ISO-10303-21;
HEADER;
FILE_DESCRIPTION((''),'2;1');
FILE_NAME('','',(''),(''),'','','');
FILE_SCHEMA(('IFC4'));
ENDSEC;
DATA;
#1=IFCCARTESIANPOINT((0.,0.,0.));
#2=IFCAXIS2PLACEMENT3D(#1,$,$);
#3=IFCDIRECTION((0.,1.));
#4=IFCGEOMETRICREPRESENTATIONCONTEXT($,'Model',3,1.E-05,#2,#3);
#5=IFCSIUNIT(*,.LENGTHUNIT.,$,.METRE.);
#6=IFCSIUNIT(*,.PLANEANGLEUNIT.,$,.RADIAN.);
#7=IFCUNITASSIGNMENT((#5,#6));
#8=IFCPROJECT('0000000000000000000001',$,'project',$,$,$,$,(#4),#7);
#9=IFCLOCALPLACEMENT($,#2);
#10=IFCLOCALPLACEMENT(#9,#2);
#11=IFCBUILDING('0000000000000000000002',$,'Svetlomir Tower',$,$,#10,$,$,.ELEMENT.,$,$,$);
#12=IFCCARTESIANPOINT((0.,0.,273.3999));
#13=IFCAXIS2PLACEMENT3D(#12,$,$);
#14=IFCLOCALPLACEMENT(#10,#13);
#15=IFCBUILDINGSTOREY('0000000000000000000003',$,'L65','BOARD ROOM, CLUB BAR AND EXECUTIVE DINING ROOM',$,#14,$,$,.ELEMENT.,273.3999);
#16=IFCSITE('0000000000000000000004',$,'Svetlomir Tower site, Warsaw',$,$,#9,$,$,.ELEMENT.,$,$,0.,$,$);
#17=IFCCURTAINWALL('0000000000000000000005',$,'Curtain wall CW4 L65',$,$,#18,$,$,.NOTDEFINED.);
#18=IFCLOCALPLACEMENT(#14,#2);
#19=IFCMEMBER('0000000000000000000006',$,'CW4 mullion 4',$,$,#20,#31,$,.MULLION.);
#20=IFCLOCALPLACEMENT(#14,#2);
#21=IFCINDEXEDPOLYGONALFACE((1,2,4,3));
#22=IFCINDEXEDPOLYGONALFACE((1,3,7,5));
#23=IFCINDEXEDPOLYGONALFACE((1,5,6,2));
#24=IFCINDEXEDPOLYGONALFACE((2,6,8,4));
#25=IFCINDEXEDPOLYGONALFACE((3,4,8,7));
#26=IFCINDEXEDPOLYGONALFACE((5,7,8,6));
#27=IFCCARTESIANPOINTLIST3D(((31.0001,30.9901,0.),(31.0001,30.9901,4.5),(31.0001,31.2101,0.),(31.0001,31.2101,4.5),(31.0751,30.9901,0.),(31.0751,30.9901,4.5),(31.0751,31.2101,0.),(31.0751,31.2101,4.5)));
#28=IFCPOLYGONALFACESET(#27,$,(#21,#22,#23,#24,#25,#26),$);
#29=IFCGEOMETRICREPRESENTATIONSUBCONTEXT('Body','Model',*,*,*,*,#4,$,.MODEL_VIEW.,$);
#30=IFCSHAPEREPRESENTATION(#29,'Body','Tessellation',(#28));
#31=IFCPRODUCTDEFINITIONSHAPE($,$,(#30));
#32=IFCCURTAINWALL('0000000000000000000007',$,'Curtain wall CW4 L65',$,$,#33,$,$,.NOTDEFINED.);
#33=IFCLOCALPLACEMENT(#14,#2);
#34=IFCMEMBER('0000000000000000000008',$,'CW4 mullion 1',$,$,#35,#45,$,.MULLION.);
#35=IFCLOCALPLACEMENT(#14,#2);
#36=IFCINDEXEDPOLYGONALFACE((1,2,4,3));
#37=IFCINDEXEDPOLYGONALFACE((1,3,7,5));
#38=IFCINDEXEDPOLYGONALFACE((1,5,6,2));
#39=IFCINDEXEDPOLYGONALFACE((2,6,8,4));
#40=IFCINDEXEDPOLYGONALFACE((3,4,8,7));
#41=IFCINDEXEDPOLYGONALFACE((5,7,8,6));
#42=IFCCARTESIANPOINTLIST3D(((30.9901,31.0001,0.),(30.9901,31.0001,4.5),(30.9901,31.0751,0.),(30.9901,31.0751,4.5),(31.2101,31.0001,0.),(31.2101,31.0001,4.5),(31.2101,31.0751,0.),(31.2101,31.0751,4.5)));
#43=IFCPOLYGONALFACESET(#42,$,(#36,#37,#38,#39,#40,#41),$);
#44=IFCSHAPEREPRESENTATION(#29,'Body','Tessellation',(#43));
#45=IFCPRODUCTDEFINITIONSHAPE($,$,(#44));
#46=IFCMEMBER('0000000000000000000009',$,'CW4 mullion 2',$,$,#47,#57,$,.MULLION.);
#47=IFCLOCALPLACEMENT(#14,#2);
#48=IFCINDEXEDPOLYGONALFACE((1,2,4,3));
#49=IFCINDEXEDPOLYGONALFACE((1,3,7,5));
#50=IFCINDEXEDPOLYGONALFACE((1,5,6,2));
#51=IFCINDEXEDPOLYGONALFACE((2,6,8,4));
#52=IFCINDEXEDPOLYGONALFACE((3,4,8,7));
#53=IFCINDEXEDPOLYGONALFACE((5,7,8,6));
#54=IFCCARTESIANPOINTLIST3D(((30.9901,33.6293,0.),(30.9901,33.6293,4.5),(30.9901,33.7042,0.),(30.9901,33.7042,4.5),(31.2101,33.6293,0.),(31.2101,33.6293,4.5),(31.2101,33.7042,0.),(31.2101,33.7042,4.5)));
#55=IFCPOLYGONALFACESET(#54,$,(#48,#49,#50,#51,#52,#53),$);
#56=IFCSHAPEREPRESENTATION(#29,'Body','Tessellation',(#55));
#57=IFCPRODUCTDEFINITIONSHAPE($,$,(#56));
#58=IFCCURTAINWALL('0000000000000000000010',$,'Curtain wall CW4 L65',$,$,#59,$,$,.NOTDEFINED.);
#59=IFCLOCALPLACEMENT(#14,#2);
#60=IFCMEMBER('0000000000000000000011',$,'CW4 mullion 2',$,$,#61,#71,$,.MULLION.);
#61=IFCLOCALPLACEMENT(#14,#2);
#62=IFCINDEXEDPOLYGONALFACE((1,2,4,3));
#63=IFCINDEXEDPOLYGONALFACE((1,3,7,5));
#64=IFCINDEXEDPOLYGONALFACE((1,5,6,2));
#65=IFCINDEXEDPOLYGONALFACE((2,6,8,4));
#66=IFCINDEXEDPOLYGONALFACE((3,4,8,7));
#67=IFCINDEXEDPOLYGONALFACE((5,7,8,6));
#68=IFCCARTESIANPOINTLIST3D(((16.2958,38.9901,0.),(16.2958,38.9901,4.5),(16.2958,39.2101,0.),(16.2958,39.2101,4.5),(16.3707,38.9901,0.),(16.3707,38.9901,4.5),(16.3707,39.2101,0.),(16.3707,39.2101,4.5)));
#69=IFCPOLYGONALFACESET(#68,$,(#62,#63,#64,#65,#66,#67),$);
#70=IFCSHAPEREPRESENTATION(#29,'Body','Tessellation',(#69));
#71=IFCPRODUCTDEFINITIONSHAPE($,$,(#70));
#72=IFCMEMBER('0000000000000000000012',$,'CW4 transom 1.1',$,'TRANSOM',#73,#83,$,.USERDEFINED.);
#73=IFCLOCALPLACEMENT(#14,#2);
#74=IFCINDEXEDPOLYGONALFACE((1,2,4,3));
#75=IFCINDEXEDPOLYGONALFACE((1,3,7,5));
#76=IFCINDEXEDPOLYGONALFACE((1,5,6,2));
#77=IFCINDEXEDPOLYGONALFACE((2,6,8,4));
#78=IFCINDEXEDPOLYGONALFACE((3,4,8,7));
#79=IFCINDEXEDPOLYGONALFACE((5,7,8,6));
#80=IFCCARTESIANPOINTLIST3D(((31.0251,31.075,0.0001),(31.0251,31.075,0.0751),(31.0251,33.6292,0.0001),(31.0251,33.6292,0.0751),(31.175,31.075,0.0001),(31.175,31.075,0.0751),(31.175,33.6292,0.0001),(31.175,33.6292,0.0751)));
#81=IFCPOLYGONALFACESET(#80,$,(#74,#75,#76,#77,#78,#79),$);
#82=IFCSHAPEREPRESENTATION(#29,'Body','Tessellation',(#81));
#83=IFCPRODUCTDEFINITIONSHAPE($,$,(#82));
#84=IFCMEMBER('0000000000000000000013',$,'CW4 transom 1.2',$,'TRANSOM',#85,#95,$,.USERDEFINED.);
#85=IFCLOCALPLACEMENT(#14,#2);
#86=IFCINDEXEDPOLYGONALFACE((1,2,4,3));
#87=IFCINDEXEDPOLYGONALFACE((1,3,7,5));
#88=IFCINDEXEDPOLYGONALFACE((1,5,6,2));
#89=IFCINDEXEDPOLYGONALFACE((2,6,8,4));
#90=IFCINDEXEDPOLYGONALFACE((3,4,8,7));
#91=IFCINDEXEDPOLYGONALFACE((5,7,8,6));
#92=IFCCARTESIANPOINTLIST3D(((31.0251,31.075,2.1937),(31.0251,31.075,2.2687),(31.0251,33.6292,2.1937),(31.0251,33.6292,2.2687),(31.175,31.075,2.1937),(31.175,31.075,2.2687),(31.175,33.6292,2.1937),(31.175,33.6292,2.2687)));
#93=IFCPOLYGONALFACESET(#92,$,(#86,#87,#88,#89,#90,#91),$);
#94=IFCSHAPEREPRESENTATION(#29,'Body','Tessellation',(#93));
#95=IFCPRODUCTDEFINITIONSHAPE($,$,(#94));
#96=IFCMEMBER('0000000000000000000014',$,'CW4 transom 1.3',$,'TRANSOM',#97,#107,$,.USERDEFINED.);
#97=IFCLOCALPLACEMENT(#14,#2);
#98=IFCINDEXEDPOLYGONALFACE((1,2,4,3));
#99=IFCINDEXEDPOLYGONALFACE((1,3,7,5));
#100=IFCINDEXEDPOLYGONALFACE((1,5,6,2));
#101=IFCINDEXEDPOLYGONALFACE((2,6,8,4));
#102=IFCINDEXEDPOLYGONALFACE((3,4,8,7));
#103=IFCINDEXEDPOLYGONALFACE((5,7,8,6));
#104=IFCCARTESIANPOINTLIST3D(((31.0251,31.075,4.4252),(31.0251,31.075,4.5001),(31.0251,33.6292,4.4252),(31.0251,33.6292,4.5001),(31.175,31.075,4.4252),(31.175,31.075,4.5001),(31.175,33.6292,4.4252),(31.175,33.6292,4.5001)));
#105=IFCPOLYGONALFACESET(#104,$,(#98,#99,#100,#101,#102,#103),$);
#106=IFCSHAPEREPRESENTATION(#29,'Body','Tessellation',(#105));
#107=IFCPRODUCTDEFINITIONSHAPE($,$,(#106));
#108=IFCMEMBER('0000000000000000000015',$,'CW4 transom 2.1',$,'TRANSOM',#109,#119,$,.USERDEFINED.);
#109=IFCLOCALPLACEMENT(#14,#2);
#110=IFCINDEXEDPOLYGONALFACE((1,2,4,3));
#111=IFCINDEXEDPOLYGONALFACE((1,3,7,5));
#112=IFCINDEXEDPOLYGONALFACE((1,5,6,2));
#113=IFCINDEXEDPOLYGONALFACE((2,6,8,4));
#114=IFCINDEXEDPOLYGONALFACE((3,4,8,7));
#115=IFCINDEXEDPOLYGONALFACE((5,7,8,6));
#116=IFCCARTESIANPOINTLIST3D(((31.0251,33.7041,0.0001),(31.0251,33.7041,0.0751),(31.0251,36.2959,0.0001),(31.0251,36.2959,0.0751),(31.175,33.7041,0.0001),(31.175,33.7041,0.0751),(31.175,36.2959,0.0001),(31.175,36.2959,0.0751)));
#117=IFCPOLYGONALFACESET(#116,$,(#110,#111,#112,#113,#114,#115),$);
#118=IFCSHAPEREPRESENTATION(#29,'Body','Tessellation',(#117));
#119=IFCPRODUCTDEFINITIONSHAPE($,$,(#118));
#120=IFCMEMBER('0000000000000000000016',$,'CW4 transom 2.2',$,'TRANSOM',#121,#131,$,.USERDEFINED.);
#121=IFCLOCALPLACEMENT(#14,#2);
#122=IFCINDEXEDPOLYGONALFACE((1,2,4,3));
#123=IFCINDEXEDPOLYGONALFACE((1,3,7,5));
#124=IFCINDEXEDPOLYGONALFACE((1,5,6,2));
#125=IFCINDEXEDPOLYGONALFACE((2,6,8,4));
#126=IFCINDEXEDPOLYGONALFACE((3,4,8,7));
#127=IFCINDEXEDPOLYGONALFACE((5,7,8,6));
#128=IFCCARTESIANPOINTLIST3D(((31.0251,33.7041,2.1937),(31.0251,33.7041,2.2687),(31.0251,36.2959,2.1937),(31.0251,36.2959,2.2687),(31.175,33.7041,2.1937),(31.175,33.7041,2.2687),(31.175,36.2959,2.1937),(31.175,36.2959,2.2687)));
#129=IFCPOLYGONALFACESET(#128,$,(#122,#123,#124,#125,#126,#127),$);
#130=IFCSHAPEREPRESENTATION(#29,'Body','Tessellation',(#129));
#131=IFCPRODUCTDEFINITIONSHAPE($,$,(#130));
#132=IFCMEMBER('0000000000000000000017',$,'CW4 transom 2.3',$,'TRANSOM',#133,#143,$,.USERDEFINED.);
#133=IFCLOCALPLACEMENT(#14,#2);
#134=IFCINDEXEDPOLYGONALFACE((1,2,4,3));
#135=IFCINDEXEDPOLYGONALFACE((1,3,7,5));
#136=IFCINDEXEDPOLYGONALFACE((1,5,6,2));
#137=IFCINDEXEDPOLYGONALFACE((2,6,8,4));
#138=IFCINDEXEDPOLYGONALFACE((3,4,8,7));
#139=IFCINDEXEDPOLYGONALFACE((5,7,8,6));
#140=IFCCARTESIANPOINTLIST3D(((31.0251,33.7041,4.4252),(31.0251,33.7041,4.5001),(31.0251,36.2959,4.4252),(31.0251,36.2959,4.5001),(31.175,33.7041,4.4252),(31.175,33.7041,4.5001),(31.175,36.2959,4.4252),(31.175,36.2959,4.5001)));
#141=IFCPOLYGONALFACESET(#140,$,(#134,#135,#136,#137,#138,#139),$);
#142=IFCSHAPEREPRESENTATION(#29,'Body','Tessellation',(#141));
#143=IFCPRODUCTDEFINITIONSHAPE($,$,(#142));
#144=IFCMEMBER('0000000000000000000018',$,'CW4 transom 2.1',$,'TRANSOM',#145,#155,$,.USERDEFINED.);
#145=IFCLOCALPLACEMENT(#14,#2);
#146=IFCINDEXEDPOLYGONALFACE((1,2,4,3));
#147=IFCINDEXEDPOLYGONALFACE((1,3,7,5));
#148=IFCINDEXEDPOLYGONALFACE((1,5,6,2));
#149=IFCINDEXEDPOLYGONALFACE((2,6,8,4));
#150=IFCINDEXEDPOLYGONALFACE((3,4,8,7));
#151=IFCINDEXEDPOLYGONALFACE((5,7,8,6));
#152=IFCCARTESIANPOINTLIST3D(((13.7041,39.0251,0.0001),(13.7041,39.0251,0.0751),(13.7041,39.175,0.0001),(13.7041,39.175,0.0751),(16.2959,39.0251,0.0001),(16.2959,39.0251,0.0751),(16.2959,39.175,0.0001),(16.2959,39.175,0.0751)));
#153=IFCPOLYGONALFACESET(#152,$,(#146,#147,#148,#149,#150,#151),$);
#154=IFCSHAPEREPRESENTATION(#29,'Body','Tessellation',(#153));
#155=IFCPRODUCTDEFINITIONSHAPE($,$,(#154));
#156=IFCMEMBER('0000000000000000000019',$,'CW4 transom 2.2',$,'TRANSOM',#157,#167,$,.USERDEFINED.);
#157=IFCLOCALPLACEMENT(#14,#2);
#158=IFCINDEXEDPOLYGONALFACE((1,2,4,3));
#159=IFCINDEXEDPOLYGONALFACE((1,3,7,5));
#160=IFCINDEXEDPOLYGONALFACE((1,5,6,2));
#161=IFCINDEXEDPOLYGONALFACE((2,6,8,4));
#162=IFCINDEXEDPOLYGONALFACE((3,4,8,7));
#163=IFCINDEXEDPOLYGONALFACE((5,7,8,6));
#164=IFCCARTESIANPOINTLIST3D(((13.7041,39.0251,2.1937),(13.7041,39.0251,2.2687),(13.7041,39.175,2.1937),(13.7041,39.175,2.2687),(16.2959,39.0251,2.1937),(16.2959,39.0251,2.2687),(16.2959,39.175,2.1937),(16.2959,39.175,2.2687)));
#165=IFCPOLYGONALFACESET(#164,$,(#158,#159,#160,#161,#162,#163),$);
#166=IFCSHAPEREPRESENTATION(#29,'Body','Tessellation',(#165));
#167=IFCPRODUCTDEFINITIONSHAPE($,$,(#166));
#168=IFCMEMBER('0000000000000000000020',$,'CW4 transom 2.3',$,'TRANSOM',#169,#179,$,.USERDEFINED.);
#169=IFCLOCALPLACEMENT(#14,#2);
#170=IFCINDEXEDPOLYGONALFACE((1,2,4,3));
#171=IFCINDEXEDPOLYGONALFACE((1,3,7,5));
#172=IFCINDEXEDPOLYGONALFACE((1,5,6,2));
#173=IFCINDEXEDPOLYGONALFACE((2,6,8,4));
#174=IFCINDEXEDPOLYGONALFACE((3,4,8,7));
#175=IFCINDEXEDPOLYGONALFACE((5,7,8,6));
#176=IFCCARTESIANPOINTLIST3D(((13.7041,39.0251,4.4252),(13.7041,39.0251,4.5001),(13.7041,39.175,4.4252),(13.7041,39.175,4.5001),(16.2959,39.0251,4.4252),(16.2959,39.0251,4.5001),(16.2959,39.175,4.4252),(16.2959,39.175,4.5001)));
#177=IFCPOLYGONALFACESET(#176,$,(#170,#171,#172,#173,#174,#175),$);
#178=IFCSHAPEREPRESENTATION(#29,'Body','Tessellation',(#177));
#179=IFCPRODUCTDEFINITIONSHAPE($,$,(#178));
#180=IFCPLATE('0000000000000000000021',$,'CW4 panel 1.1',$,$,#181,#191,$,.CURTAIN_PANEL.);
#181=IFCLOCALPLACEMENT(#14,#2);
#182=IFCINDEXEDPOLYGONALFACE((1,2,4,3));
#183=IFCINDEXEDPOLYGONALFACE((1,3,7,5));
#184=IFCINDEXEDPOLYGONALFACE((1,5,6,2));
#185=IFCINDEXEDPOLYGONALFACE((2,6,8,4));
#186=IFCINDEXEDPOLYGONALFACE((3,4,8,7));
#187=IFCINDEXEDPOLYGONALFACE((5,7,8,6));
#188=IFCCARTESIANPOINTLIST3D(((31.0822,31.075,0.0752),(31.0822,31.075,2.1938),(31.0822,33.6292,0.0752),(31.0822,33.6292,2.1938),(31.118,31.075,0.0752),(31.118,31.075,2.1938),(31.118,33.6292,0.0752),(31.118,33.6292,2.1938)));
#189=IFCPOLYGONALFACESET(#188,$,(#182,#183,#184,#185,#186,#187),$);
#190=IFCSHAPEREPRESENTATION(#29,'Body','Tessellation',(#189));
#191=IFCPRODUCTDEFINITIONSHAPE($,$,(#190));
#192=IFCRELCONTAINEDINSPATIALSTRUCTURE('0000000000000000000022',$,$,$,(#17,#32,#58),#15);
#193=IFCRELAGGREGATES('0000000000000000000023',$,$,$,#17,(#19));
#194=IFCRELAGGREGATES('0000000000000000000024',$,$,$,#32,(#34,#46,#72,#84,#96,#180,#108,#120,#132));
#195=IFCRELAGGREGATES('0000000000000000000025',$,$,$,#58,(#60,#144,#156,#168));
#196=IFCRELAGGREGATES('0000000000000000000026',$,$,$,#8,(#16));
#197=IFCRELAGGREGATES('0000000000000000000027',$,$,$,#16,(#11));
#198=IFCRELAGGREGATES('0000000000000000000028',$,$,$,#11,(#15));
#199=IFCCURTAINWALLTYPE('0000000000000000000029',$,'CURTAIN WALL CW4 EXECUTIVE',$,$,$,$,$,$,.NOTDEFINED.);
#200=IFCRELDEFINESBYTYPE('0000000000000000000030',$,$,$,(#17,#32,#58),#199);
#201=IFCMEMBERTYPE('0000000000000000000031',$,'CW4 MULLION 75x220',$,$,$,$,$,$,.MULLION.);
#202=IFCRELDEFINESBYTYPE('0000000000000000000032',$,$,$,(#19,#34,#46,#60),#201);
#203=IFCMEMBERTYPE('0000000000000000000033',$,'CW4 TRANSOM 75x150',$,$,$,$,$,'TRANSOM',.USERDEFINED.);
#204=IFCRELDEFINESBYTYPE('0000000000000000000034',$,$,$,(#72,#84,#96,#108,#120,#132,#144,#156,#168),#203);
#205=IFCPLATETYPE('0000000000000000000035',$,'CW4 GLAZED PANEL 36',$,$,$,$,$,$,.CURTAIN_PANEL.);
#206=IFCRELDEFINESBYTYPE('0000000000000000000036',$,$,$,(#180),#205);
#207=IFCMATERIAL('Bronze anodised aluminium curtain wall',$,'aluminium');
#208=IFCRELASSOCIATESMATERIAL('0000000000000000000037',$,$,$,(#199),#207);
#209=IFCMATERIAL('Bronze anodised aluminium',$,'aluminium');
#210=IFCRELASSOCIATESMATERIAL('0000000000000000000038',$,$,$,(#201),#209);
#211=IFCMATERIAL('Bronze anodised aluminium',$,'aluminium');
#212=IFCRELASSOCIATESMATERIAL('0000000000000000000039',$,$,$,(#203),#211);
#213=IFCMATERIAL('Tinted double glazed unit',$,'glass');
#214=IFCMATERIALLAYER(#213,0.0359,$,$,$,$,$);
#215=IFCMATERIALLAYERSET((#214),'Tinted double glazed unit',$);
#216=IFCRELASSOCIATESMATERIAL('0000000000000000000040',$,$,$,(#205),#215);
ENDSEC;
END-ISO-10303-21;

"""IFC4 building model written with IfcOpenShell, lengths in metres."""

from ifc_helpers import new_model, si_unit, direction, frame, origin, origin_2d, place, context, subcontext, project, spatial, rectangle, extrude, material, layer, layer_set, material_profile, profile_set, type_object, element, aggregate, save


model = new_model("IFC4")

# Units and contexts
model_context = context("Model", 3, precision=1e-05, world=origin(), true_north=direction((0.0, 1.0)))
body_context = subcontext(model_context, "Body", "Model", "MODEL_VIEW")
ifc_project = project(units=[si_unit("LENGTHUNIT", "METRE"), si_unit("PLANEANGLEUNIT", "RADIAN")], contexts=[model_context])

# Site, building, storey
site_placement = place(None, origin())
site = spatial("IfcSite", under=ifc_project, at=site_placement, Name="Svetlomir Tower site, Warsaw", CompositionType="ELEMENT", RefElevation=0.0)
building_placement = place(site_placement, origin())
building = spatial("IfcBuilding", under=site, at=building_placement, Name="Svetlomir Tower", CompositionType="ELEMENT")
storey_placement = place(building_placement, frame((0.0, 0.0, 273.3999)))
storey = spatial("IfcBuildingStorey", under=building, at=storey_placement, Name="L65", Description="BOARD ROOM, CLUB BAR AND EXECUTIVE DINING ROOM", CompositionType="ELEMENT", Elevation=273.3999)

# Curtain wall, member
ifc_material_1 = material(Name="Bronze anodised aluminium curtain wall", Category="aluminium")
curtain_wall_type = type_object("IfcCurtainWallType", Name="CURTAIN WALL CW4 EXECUTIVE", PredefinedType="NOTDEFINED", material=ifc_material_1)
curtain_wall_1_placement = place(storey_placement, origin())
curtain_wall_1 = element("IfcCurtainWall", 1, at=curtain_wall_1_placement, inside=storey, type_object=curtain_wall_type, Name="Curtain wall CW4 L65", PredefinedType="NOTDEFINED")
ifc_material_2 = material(Name="Bronze anodised aluminium", Category="aluminium")
ifc_material_profile_1 = material_profile(ifc_material_2, rectangle(XDim=0.075, YDim=0.22, at=origin_2d()), Name="AL 75x220")
ifc_profile_set_1 = profile_set([ifc_material_profile_1], Name="Bronze anodised aluminium 6063-T6")
member_type_1 = type_object("IfcMemberType", Name="CW4 MULLION 75x220", PredefinedType="MULLION", material=ifc_profile_set_1)
member_1_placement = place(storey_placement, frame((31.0376, 31.1001, 0.0), z_axis=(0.0, 0.0, 1.0), x_axis=(-1.0, 0.0, 0.0)))
member_1 = element("IfcMember", 2, at=member_1_placement, type_object=member_type_1, Name="CW4 mullion 4", PredefinedType="MULLION", context=body_context, shape_type="SweptSolid", body=[
    extrude(rectangle(XDim=0.075, YDim=0.22, at=origin_2d()), origin(), (0.0, 0.0, 1.0), 4.5),
])
aggregate(curtain_wall_1, [member_1])

# Curtain wall, members
curtain_wall_2_placement = place(storey_placement, origin())
curtain_wall_2 = element("IfcCurtainWall", 3, at=curtain_wall_2_placement, inside=storey, type_object=curtain_wall_type, Name="Curtain wall CW4 L65", PredefinedType="NOTDEFINED")
member_2_placement = place(storey_placement, frame((31.1001, 31.0376, 0.0), z_axis=(0.0, 0.0, 1.0), x_axis=(0.0, 1.0, 0.0)))
member_2 = element("IfcMember", 4, at=member_2_placement, type_object=member_type_1, Name="CW4 mullion 1", PredefinedType="MULLION", context=body_context, shape_type="SweptSolid", body=[
    extrude(rectangle(XDim=0.075, YDim=0.22, at=origin_2d()), origin(), (0.0, 0.0, 1.0), 4.5),
])
member_3_placement = place(storey_placement, frame((31.1001, 33.6667, 0.0), z_axis=(0.0, 0.0, 1.0), x_axis=(0.0, 1.0, 0.0)))
member_3 = element("IfcMember", 5, at=member_3_placement, type_object=member_type_1, Name="CW4 mullion 2", PredefinedType="MULLION", context=body_context, shape_type="SweptSolid", body=[
    extrude(rectangle(XDim=0.075, YDim=0.22, at=origin_2d()), origin(), (0.0, 0.0, 1.0), 4.5),
])

# Curtain wall, member
curtain_wall_3_placement = place(storey_placement, origin())
curtain_wall_3 = element("IfcCurtainWall", 6, at=curtain_wall_3_placement, inside=storey, type_object=curtain_wall_type, Name="Curtain wall CW4 L65", PredefinedType="NOTDEFINED")
member_4_placement = place(storey_placement, frame((16.3333, 39.1001, 0.0), z_axis=(0.0, 0.0, 1.0), x_axis=(-1.0, 0.0, 0.0)))
member_4 = element("IfcMember", 7, at=member_4_placement, type_object=member_type_1, Name="CW4 mullion 2", PredefinedType="MULLION", context=body_context, shape_type="SweptSolid", body=[
    extrude(rectangle(XDim=0.075, YDim=0.22, at=origin_2d()), origin(), (0.0, 0.0, 1.0), 4.5),
])

# Members
ifc_material_3 = material(Name="Bronze anodised aluminium", Category="aluminium")
ifc_material_profile_2 = material_profile(ifc_material_3, rectangle(XDim=0.1499, YDim=0.075, at=origin_2d()), Name="AL 150x75")
ifc_profile_set_2 = profile_set([ifc_material_profile_2], Name="Bronze anodised aluminium 6063-T6")
member_type_2 = type_object("IfcMemberType", Name="CW4 TRANSOM 75x150", ElementType="TRANSOM", PredefinedType="USERDEFINED", material=ifc_profile_set_2)
member_5_placement = place(storey_placement, frame((31.1001, 31.075, 0.0376), z_axis=(0.0, 1.0, 0.0), x_axis=(-1.0, 0.0, 0.0)))
member_5 = element("IfcMember", 8, at=member_5_placement, type_object=member_type_2, Name="CW4 transom 1.1", ObjectType="TRANSOM", PredefinedType="USERDEFINED", context=body_context, shape_type="SweptSolid", body=[
    extrude(rectangle(XDim=0.1499, YDim=0.075, at=origin_2d()), origin(), (0.0, 0.0, 1.0), 2.5542),
])
member_6_placement = place(storey_placement, frame((31.1001, 31.075, 2.2312), z_axis=(0.0, 1.0, 0.0), x_axis=(-1.0, 0.0, 0.0)))
member_6 = element("IfcMember", 9, at=member_6_placement, type_object=member_type_2, Name="CW4 transom 1.2", ObjectType="TRANSOM", PredefinedType="USERDEFINED", context=body_context, shape_type="SweptSolid", body=[
    extrude(rectangle(XDim=0.1499, YDim=0.075, at=origin_2d()), origin(), (0.0, 0.0, 1.0), 2.5542),
])
member_7_placement = place(storey_placement, frame((31.1001, 31.075, 4.4626), z_axis=(0.0, 1.0, 0.0), x_axis=(-1.0, 0.0, 0.0)))
member_7 = element("IfcMember", 10, at=member_7_placement, type_object=member_type_2, Name="CW4 transom 1.3", ObjectType="TRANSOM", PredefinedType="USERDEFINED", context=body_context, shape_type="SweptSolid", body=[
    extrude(rectangle(XDim=0.1499, YDim=0.075, at=origin_2d()), origin(), (0.0, 0.0, 1.0), 2.5542),
])
member_8_placement = place(storey_placement, frame((31.1001, 33.7041, 0.0376), z_axis=(0.0, 1.0, 0.0), x_axis=(-1.0, 0.0, 0.0)))
member_8 = element("IfcMember", 11, at=member_8_placement, type_object=member_type_2, Name="CW4 transom 2.1", ObjectType="TRANSOM", PredefinedType="USERDEFINED", context=body_context, shape_type="SweptSolid", body=[
    extrude(rectangle(XDim=0.1499, YDim=0.075, at=origin_2d()), origin(), (0.0, 0.0, 1.0), 2.5918),
])
member_9_placement = place(storey_placement, frame((31.1001, 33.7041, 2.2312), z_axis=(0.0, 1.0, 0.0), x_axis=(-1.0, 0.0, 0.0)))
member_9 = element("IfcMember", 12, at=member_9_placement, type_object=member_type_2, Name="CW4 transom 2.2", ObjectType="TRANSOM", PredefinedType="USERDEFINED", context=body_context, shape_type="SweptSolid", body=[
    extrude(rectangle(XDim=0.1499, YDim=0.075, at=origin_2d()), origin(), (0.0, 0.0, 1.0), 2.5918),
])
member_10_placement = place(storey_placement, frame((31.1001, 33.7041, 4.4626), z_axis=(0.0, 1.0, 0.0), x_axis=(-1.0, 0.0, 0.0)))
member_10 = element("IfcMember", 13, at=member_10_placement, type_object=member_type_2, Name="CW4 transom 2.3", ObjectType="TRANSOM", PredefinedType="USERDEFINED", context=body_context, shape_type="SweptSolid", body=[
    extrude(rectangle(XDim=0.1499, YDim=0.075, at=origin_2d()), origin(), (0.0, 0.0, 1.0), 2.5918),
])
member_11_placement = place(storey_placement, frame((16.2959, 39.1001, 0.0376), z_axis=(-1.0, 0.0, 0.0), x_axis=(0.0, -1.0, 0.0)))
member_11 = element("IfcMember", 14, at=member_11_placement, type_object=member_type_2, Name="CW4 transom 2.1", ObjectType="TRANSOM", PredefinedType="USERDEFINED", context=body_context, shape_type="SweptSolid", body=[
    extrude(rectangle(XDim=0.1499, YDim=0.075, at=origin_2d()), origin(), (0.0, 0.0, 1.0), 2.5918),
])
member_12_placement = place(storey_placement, frame((16.2959, 39.1001, 2.2312), z_axis=(-1.0, 0.0, 0.0), x_axis=(0.0, -1.0, 0.0)))
member_12 = element("IfcMember", 15, at=member_12_placement, type_object=member_type_2, Name="CW4 transom 2.2", ObjectType="TRANSOM", PredefinedType="USERDEFINED", context=body_context, shape_type="SweptSolid", body=[
    extrude(rectangle(XDim=0.1499, YDim=0.075, at=origin_2d()), origin(), (0.0, 0.0, 1.0), 2.5918),
])
member_13_placement = place(storey_placement, frame((16.2959, 39.1001, 4.4626), z_axis=(-1.0, 0.0, 0.0), x_axis=(0.0, -1.0, 0.0)))
member_13 = element("IfcMember", 16, at=member_13_placement, type_object=member_type_2, Name="CW4 transom 2.3", ObjectType="TRANSOM", PredefinedType="USERDEFINED", context=body_context, shape_type="SweptSolid", body=[
    extrude(rectangle(XDim=0.1499, YDim=0.075, at=origin_2d()), origin(), (0.0, 0.0, 1.0), 2.5918),
])

# Plate
ifc_material_4 = material(Name="Tinted double glazed unit", Category="glass")
ifc_layer_1 = layer(ifc_material_4, 0.0359)
ifc_layer_set_1 = layer_set([ifc_layer_1], Name="Tinted double glazed unit")
plate_type = type_object("IfcPlateType", Name="CW4 GLAZED PANEL 36", PredefinedType="CURTAIN_PANEL", material=ifc_layer_set_1)
plate_1_placement = place(storey_placement, frame((31.1001, 32.3521, 0.0752), z_axis=(0.0, 0.0, 1.0), x_axis=(0.0, 1.0, 0.0)))
plate_1 = element("IfcPlate", 17, at=plate_1_placement, type_object=plate_type, Name="CW4 panel 1.1", PredefinedType="CURTAIN_PANEL", context=body_context, shape_type="SweptSolid", body=[
    extrude(rectangle(XDim=2.5542, YDim=0.0359, at=origin_2d()), origin(), (0.0, 0.0, 1.0), 2.1187),
])
aggregate(curtain_wall_2, [member_2, member_3, member_5, member_6, member_7, plate_1, member_8, member_9, member_10])
aggregate(curtain_wall_3, [member_4, member_11, member_12, member_13])

save(model, "model.ifc")
